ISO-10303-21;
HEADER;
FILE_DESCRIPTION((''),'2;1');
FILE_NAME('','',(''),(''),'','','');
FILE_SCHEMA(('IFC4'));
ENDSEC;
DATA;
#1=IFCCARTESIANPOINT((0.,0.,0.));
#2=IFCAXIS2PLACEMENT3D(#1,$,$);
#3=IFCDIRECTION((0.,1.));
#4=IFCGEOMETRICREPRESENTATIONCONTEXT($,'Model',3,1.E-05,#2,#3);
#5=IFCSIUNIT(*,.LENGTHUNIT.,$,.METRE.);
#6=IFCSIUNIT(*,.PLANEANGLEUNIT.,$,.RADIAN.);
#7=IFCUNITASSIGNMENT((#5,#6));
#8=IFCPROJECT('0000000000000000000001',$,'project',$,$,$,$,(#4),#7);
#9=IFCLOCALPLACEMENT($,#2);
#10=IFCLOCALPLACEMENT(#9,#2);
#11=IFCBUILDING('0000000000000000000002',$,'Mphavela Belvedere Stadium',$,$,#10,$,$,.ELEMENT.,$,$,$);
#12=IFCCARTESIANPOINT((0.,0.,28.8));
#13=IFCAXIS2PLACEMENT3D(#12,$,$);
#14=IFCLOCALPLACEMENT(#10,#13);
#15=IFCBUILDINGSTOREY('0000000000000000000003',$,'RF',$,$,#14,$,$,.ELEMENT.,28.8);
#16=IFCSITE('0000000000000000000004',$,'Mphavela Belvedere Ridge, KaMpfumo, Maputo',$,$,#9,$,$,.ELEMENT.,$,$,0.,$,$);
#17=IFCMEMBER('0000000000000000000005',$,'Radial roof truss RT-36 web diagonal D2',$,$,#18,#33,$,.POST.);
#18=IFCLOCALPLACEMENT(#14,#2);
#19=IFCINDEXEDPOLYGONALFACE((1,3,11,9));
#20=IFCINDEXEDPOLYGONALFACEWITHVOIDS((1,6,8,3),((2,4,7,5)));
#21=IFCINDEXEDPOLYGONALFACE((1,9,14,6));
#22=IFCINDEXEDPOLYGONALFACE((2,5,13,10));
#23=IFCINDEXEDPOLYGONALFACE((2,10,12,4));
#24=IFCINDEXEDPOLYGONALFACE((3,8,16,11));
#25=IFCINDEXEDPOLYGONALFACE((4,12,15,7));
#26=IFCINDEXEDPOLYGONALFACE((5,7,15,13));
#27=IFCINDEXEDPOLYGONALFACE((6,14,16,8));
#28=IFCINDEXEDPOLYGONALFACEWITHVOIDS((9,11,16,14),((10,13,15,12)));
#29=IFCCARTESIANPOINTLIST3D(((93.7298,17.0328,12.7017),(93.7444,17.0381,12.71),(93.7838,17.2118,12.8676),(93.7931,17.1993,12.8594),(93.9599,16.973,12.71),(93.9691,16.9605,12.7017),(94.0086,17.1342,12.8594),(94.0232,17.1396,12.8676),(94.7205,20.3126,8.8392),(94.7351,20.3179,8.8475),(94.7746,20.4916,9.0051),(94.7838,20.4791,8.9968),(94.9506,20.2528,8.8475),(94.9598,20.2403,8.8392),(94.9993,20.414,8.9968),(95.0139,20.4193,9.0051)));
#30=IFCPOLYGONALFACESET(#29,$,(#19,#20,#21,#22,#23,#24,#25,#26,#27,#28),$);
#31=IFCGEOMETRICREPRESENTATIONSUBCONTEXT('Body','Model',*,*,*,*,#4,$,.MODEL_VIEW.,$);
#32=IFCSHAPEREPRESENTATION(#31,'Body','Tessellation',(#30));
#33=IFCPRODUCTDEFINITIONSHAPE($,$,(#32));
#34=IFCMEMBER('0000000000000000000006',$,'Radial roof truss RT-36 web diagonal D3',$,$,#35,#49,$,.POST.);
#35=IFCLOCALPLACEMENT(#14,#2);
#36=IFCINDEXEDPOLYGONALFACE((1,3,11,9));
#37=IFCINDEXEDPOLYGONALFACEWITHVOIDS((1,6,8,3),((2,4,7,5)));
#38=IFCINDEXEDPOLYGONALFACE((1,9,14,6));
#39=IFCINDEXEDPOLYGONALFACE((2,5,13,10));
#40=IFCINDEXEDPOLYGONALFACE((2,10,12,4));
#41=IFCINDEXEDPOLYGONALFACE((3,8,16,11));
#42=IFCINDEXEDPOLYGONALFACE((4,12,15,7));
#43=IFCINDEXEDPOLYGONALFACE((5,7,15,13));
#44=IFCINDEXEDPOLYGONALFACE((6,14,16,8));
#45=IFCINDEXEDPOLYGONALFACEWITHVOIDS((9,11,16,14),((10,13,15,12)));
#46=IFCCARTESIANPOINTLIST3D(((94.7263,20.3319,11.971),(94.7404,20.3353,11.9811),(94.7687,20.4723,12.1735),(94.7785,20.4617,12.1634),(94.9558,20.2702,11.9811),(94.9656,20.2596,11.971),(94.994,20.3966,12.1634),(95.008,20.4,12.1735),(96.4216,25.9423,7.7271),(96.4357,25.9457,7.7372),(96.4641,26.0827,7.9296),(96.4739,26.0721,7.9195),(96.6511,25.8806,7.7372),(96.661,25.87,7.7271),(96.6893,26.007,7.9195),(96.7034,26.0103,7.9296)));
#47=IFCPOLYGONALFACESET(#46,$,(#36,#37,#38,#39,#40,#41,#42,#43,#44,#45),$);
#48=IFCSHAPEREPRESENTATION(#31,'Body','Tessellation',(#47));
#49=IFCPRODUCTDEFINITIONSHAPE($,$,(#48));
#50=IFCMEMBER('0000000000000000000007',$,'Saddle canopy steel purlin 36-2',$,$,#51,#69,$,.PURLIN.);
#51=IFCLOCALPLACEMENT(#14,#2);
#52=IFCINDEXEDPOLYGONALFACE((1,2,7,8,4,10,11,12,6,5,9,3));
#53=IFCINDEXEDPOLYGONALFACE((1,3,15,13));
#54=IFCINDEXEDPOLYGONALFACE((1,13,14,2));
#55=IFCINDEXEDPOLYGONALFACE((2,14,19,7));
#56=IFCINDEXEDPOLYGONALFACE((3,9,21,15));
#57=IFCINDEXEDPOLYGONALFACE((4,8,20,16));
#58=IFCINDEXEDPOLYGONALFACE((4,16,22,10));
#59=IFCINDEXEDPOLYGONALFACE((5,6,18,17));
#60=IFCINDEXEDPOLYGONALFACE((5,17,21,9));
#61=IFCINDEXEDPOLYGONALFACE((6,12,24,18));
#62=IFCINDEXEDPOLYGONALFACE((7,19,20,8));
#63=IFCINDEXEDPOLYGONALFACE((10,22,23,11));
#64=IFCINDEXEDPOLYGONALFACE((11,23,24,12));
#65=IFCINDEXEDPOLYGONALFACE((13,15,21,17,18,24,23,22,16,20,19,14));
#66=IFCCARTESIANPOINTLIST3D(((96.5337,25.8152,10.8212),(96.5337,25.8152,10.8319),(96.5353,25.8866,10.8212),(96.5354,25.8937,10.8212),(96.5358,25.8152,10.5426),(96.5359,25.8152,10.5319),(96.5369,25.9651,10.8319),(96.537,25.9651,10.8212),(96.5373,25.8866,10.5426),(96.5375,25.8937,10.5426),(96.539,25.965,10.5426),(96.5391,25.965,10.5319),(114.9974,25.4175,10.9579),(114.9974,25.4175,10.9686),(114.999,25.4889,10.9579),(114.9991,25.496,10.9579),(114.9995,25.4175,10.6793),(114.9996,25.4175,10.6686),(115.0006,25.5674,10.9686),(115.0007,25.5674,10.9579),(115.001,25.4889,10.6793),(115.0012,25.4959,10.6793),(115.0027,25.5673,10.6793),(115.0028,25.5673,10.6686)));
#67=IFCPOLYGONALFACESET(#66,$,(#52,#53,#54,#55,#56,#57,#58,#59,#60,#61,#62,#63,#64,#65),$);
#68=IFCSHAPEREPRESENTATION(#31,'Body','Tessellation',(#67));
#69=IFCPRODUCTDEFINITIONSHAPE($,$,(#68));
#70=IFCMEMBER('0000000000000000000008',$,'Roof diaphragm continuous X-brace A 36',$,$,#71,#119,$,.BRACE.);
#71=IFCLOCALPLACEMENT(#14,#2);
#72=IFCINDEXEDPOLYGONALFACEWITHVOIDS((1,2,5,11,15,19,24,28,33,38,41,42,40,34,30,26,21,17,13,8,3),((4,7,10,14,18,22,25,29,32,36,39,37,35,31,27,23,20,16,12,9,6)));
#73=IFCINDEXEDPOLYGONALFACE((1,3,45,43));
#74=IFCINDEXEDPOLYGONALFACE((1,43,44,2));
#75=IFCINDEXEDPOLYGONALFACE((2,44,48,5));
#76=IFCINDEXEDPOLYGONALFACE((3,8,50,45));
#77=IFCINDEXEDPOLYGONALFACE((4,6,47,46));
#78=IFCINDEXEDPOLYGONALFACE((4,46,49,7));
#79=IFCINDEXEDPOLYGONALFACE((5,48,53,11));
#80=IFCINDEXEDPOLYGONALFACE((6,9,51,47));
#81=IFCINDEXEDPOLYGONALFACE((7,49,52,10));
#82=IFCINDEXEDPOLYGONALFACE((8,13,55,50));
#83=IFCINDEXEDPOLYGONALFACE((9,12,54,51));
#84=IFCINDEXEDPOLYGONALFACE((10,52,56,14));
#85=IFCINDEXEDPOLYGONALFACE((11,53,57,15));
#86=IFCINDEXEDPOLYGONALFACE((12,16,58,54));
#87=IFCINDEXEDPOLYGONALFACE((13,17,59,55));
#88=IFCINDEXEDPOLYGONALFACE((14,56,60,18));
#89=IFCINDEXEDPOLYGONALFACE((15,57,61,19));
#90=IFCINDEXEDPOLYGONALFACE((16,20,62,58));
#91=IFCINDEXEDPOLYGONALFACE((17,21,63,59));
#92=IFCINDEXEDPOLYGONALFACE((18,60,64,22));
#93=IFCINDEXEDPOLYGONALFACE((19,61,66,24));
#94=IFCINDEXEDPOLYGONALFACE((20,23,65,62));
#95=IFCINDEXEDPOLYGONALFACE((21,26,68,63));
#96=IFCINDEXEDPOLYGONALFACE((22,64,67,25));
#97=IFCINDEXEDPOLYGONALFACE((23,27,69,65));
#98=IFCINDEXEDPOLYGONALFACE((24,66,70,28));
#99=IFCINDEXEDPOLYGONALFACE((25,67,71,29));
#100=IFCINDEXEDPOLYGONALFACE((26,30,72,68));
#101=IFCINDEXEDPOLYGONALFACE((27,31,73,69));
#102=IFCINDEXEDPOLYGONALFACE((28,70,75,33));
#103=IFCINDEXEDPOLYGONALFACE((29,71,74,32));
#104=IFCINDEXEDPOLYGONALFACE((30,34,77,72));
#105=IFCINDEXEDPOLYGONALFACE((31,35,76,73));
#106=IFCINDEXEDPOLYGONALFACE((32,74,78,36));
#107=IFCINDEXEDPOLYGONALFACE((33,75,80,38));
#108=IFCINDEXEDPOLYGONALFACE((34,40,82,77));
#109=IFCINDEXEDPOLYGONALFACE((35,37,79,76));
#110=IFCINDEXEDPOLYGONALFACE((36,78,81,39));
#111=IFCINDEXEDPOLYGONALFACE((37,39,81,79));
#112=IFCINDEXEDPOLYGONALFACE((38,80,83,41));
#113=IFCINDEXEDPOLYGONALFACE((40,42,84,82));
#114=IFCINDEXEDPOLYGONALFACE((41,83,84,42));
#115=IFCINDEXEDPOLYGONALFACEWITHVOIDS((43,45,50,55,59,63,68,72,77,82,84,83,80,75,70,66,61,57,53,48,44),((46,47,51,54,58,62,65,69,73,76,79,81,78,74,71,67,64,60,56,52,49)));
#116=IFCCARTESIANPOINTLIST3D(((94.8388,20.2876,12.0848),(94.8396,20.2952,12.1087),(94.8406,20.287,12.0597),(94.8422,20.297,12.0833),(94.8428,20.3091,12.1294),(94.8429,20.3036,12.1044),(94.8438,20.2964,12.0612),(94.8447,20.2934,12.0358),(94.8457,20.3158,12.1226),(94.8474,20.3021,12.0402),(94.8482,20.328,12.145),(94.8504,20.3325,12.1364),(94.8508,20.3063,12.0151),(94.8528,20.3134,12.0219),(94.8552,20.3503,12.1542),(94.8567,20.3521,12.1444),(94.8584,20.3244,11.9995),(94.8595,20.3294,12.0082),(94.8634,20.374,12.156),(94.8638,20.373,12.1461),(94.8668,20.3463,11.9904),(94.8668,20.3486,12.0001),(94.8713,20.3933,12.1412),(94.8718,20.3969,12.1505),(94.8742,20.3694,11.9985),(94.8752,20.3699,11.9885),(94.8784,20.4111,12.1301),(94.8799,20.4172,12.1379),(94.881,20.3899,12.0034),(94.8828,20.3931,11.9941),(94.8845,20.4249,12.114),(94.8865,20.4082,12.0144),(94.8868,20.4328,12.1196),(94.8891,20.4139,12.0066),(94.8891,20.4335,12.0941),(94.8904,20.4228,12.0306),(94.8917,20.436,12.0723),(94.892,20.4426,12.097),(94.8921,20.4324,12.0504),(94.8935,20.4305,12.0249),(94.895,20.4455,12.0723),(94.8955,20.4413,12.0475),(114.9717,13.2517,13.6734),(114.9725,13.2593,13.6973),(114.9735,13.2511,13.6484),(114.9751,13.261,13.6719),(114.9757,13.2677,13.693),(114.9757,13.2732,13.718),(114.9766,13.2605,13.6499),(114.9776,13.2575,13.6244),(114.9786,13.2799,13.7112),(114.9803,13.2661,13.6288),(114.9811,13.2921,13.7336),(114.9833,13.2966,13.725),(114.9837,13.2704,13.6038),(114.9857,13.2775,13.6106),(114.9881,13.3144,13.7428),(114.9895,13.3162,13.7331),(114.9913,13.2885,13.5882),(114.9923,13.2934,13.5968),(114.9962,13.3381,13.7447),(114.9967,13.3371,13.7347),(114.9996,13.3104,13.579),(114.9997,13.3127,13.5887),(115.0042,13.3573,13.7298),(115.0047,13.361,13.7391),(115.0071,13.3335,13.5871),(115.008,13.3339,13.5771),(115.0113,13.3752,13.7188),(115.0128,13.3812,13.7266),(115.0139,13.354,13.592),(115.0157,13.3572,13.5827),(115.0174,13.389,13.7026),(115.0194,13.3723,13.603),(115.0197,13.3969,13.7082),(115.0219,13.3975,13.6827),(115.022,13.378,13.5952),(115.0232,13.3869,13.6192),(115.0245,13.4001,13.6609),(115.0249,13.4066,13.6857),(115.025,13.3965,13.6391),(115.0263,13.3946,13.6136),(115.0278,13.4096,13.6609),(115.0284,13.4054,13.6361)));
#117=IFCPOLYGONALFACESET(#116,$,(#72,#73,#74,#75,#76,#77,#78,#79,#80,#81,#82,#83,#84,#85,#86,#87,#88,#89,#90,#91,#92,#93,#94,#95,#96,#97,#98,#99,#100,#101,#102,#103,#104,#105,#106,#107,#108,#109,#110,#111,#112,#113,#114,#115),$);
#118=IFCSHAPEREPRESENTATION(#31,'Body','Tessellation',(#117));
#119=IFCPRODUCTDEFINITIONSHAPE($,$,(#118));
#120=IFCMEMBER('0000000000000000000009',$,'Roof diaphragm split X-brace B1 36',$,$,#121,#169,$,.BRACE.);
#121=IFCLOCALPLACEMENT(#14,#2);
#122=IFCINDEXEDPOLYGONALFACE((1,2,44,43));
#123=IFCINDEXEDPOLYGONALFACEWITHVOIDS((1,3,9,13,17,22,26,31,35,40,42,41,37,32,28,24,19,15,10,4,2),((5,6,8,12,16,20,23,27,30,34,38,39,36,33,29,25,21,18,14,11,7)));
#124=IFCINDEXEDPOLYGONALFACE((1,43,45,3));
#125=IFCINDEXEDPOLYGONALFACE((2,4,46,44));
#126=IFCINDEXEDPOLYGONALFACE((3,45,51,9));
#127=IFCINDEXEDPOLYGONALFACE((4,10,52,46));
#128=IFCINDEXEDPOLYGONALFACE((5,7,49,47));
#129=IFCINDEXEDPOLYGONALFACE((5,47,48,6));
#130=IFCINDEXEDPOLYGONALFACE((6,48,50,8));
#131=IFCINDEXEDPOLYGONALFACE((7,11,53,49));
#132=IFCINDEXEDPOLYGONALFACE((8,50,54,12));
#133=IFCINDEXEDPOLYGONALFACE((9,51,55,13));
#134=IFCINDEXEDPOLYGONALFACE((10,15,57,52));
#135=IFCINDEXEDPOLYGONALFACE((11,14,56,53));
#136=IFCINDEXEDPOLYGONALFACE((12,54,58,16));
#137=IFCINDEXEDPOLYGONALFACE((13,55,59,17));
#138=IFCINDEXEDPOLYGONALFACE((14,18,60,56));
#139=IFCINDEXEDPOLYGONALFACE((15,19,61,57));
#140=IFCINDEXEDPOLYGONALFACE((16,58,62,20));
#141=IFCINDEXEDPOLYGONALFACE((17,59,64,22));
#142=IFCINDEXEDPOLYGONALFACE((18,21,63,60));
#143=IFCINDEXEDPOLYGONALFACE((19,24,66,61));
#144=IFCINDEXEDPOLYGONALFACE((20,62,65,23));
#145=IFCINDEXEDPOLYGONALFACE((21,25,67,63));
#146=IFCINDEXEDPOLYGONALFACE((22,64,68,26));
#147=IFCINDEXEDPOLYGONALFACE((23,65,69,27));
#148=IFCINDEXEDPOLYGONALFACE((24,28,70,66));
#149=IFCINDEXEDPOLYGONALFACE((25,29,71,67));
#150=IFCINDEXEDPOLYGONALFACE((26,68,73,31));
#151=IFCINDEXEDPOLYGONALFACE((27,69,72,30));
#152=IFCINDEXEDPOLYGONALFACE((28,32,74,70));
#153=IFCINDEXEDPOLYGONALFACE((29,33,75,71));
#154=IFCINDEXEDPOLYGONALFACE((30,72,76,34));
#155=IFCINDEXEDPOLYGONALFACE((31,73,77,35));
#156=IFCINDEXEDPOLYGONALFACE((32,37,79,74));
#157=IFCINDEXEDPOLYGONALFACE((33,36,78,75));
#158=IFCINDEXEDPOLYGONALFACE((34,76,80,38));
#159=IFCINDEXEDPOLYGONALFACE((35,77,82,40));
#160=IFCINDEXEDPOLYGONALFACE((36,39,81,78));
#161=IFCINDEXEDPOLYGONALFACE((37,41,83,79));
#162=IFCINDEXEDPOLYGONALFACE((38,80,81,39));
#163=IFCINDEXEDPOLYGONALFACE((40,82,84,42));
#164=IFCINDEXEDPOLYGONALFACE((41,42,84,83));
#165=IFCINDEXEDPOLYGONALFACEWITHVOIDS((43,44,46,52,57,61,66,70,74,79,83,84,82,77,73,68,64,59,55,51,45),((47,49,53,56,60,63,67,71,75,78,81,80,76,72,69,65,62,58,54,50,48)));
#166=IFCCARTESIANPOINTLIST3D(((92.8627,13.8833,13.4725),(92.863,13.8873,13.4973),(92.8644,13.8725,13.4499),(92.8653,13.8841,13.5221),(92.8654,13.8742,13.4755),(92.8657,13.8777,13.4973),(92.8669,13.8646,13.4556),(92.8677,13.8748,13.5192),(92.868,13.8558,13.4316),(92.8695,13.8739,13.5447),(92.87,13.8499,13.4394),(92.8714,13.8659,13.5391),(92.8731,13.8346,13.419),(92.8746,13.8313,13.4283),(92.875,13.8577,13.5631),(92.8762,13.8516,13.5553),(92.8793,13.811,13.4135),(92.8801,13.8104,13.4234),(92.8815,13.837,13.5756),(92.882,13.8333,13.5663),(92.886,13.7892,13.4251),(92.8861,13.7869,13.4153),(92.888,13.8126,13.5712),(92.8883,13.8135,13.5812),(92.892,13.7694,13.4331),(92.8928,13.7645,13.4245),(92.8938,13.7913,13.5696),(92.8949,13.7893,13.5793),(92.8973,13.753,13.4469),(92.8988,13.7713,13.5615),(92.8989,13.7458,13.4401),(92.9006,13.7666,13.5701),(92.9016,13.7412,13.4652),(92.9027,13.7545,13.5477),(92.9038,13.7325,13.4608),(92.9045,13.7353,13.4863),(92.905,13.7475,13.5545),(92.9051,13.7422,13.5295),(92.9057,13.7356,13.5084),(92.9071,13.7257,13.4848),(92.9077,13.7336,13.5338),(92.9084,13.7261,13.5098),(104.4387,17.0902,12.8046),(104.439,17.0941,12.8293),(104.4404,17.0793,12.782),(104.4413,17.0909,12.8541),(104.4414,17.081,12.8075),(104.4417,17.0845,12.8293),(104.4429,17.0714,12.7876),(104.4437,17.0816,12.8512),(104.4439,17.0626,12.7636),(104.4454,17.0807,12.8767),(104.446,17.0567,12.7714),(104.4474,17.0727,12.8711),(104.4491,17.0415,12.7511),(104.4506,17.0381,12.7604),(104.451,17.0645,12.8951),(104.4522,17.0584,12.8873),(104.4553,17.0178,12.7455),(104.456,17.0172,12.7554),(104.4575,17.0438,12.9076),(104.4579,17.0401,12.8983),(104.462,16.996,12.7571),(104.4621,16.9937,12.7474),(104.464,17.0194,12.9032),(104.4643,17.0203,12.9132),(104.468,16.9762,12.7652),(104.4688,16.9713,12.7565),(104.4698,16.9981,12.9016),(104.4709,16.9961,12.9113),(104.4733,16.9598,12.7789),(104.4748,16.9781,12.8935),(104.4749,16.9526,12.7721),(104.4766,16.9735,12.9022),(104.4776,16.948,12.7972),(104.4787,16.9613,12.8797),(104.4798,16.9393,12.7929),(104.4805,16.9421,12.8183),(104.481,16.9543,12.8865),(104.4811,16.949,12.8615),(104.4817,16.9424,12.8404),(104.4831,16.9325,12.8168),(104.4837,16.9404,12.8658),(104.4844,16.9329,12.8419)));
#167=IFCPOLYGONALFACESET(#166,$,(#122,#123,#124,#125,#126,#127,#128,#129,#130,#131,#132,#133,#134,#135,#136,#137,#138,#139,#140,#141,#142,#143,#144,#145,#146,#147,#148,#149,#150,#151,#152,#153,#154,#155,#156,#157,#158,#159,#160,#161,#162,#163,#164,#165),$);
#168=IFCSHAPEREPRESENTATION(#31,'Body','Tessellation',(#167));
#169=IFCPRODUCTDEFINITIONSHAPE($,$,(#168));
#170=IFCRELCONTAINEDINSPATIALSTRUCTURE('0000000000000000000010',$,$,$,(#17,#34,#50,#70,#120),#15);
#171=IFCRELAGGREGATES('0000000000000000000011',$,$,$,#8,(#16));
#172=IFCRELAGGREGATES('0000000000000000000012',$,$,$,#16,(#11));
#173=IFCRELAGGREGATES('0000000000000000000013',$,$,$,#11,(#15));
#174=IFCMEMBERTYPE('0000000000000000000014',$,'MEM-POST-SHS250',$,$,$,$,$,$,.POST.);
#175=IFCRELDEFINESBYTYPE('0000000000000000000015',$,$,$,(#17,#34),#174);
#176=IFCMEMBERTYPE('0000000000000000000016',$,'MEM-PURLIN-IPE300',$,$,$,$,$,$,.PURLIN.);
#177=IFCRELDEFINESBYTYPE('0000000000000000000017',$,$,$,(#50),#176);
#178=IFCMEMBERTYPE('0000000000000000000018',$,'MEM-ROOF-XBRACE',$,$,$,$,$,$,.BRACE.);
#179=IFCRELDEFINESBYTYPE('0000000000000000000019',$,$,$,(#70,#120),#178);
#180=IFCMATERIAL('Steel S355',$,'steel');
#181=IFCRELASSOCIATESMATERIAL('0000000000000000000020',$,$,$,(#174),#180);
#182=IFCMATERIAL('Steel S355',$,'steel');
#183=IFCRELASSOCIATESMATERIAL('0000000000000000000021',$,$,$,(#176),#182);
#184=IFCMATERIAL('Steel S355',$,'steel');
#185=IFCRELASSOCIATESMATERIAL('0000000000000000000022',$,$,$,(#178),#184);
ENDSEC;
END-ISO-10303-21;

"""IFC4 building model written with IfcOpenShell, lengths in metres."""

from ifc_helpers import new_model, si_unit, direction, frame, origin, origin_2d, place, context, subcontext, project, spatial, hollow_rectangle, hollow_circle, i_section, extrude, material, material_profile, profile_set, type_object, element, save


model = new_model("IFC4")

# Units and contexts
model_context = context("Model", 3, precision=1e-05, world=origin(), true_north=direction((0.0, 1.0)))
body_context = subcontext(model_context, "Body", "Model", "MODEL_VIEW")
ifc_project = project(units=[si_unit("LENGTHUNIT", "METRE"), si_unit("PLANEANGLEUNIT", "RADIAN")], contexts=[model_context])

# Site, building, storey
site_placement = place(None, origin())
site = spatial("IfcSite", under=ifc_project, at=site_placement, Name="Mphavela Belvedere Ridge, KaMpfumo, Maputo", CompositionType="ELEMENT", RefElevation=0.0)
building_placement = place(site_placement, origin())
building = spatial("IfcBuilding", under=site, at=building_placement, Name="Mphavela Belvedere Stadium", CompositionType="ELEMENT")
storey_placement = place(building_placement, frame((0.0, 0.0, 28.8)))
storey = spatial("IfcBuildingStorey", under=building, at=storey_placement, Name="RF", CompositionType="ELEMENT", Elevation=28.8)

# Members
ifc_material_1 = material(Name="Steel S355", Category="steel")
ifc_material_profile_1 = material_profile(ifc_material_1, hollow_rectangle(XDim=0.25, YDim=0.25, WallThickness=0.0125, at=origin_2d()), Name="SHS 250x250x12.5")
ifc_profile_set_1 = profile_set([ifc_material_profile_1], Name="Steel S355")
member_type_1 = type_object("IfcMemberType", Name="MEM-POST-SHS250", PredefinedType="POST", material=ifc_profile_set_1)
member_1_placement = place(storey_placement, frame((93.8765, 17.0862, 12.7847), z_axis=(0.191885, 0.635233, -0.748104), x_axis=(-0.957279, 0.289165, 0.0)))
element("IfcMember", 1, at=member_1_placement, inside=storey, type_object=member_type_1, Name="Radial roof truss RT-36 web diagonal D2", PredefinedType="POST", context=body_context, shape_type="SweptSolid", body=[
    extrude(hollow_rectangle(XDim=0.25, YDim=0.25, WallThickness=0.0125, at=origin_2d()), origin(), (0.0, 0.0, 1.0), 5.1631),
])
member_2_placement = place(storey_placement, frame((94.8672, 20.366, 12.0723), z_axis=(0.234286, 0.775331, -0.586491), x_axis=(-0.957251, 0.289258, 0.0)))
element("IfcMember", 2, at=member_2_placement, inside=storey, type_object=member_type_1, Name="Radial roof truss RT-36 web diagonal D3", PredefinedType="POST", context=body_context, shape_type="SweptSolid", body=[
    extrude(hollow_rectangle(XDim=0.25, YDim=0.25, WallThickness=0.0125, at=origin_2d()), origin(), (0.0, 0.0, 1.0), 7.2361),
])
ifc_material_2 = material(Name="Steel S355", Category="steel")
ifc_material_profile_2 = material_profile(ifc_material_2, i_section(OverallWidth=0.1499, OverallDepth=0.3, WebThickness=0.0071, FlangeThickness=0.0107, at=origin_2d()), Name="IPE 300")
ifc_profile_set_2 = profile_set([ifc_material_profile_2], Name="Steel S355")
member_type_2 = type_object("IfcMemberType", Name="MEM-PURLIN-IPE300", PredefinedType="PURLIN", material=ifc_profile_set_2)
member_3_placement = place(storey_placement, frame((96.5364, 25.8901, 10.6819), z_axis=(0.999741, -0.021534, 0.007403), x_axis=(0.021535, 0.999768, 0.0)))
element("IfcMember", 3, at=member_3_placement, inside=storey, type_object=member_type_2, Name="Saddle canopy steel purlin 36-2", PredefinedType="PURLIN", context=body_context, shape_type="SweptSolid", body=[
    extrude(i_section(OverallWidth=0.1499, OverallDepth=0.3, WebThickness=0.0071, FlangeThickness=0.0107, at=origin_2d()), origin(), (0.0, 0.0, 1.0), 18.4685),
])
ifc_material_3 = material(Name="Steel S355", Category="steel")
ifc_material_profile_3 = material_profile(ifc_material_3, hollow_circle(Radius=0.0842, WallThickness=0.01, at=origin_2d()), Name="CHS 168.3x10")
ifc_profile_set_3 = profile_set([ifc_material_profile_3], Name="Steel S355")
member_type_3 = type_object("IfcMemberType", Name="MEM-ROOF-XBRACE", PredefinedType="BRACE", material=ifc_profile_set_3)
member_4_placement = place(storey_placement, frame((94.8672, 20.366, 12.0723), z_axis=(0.941405, -0.328996, 0.074284), x_axis=(0.329908, 0.944013, 0.0)))
element("IfcMember", 4, at=member_4_placement, inside=storey, type_object=member_type_3, Name="Roof diaphragm continuous X-brace A 36", PredefinedType="BRACE", context=body_context, shape_type="SweptSolid", body=[
    extrude(hollow_circle(Radius=0.0842, WallThickness=0.01, at=origin_2d()), origin(), (0.0, 0.0, 1.0), 21.386),
])
member_5_placement = place(storey_placement, frame((92.8855, 13.8062, 13.4973), z_axis=(0.962219, 0.266556, -0.055523), x_axis=(-0.266968, 0.963705, 0.0)))
element("IfcMember", 5, at=member_5_placement, inside=storey, type_object=member_type_3, Name="Roof diaphragm split X-brace B1 36", PredefinedType="BRACE", context=body_context, shape_type="SweptSolid", body=[
    extrude(hollow_circle(Radius=0.0842, WallThickness=0.01, at=origin_2d()), origin(), (0.0, 0.0, 1.0), 12.0305),
])

save(model, "model.ifc")
